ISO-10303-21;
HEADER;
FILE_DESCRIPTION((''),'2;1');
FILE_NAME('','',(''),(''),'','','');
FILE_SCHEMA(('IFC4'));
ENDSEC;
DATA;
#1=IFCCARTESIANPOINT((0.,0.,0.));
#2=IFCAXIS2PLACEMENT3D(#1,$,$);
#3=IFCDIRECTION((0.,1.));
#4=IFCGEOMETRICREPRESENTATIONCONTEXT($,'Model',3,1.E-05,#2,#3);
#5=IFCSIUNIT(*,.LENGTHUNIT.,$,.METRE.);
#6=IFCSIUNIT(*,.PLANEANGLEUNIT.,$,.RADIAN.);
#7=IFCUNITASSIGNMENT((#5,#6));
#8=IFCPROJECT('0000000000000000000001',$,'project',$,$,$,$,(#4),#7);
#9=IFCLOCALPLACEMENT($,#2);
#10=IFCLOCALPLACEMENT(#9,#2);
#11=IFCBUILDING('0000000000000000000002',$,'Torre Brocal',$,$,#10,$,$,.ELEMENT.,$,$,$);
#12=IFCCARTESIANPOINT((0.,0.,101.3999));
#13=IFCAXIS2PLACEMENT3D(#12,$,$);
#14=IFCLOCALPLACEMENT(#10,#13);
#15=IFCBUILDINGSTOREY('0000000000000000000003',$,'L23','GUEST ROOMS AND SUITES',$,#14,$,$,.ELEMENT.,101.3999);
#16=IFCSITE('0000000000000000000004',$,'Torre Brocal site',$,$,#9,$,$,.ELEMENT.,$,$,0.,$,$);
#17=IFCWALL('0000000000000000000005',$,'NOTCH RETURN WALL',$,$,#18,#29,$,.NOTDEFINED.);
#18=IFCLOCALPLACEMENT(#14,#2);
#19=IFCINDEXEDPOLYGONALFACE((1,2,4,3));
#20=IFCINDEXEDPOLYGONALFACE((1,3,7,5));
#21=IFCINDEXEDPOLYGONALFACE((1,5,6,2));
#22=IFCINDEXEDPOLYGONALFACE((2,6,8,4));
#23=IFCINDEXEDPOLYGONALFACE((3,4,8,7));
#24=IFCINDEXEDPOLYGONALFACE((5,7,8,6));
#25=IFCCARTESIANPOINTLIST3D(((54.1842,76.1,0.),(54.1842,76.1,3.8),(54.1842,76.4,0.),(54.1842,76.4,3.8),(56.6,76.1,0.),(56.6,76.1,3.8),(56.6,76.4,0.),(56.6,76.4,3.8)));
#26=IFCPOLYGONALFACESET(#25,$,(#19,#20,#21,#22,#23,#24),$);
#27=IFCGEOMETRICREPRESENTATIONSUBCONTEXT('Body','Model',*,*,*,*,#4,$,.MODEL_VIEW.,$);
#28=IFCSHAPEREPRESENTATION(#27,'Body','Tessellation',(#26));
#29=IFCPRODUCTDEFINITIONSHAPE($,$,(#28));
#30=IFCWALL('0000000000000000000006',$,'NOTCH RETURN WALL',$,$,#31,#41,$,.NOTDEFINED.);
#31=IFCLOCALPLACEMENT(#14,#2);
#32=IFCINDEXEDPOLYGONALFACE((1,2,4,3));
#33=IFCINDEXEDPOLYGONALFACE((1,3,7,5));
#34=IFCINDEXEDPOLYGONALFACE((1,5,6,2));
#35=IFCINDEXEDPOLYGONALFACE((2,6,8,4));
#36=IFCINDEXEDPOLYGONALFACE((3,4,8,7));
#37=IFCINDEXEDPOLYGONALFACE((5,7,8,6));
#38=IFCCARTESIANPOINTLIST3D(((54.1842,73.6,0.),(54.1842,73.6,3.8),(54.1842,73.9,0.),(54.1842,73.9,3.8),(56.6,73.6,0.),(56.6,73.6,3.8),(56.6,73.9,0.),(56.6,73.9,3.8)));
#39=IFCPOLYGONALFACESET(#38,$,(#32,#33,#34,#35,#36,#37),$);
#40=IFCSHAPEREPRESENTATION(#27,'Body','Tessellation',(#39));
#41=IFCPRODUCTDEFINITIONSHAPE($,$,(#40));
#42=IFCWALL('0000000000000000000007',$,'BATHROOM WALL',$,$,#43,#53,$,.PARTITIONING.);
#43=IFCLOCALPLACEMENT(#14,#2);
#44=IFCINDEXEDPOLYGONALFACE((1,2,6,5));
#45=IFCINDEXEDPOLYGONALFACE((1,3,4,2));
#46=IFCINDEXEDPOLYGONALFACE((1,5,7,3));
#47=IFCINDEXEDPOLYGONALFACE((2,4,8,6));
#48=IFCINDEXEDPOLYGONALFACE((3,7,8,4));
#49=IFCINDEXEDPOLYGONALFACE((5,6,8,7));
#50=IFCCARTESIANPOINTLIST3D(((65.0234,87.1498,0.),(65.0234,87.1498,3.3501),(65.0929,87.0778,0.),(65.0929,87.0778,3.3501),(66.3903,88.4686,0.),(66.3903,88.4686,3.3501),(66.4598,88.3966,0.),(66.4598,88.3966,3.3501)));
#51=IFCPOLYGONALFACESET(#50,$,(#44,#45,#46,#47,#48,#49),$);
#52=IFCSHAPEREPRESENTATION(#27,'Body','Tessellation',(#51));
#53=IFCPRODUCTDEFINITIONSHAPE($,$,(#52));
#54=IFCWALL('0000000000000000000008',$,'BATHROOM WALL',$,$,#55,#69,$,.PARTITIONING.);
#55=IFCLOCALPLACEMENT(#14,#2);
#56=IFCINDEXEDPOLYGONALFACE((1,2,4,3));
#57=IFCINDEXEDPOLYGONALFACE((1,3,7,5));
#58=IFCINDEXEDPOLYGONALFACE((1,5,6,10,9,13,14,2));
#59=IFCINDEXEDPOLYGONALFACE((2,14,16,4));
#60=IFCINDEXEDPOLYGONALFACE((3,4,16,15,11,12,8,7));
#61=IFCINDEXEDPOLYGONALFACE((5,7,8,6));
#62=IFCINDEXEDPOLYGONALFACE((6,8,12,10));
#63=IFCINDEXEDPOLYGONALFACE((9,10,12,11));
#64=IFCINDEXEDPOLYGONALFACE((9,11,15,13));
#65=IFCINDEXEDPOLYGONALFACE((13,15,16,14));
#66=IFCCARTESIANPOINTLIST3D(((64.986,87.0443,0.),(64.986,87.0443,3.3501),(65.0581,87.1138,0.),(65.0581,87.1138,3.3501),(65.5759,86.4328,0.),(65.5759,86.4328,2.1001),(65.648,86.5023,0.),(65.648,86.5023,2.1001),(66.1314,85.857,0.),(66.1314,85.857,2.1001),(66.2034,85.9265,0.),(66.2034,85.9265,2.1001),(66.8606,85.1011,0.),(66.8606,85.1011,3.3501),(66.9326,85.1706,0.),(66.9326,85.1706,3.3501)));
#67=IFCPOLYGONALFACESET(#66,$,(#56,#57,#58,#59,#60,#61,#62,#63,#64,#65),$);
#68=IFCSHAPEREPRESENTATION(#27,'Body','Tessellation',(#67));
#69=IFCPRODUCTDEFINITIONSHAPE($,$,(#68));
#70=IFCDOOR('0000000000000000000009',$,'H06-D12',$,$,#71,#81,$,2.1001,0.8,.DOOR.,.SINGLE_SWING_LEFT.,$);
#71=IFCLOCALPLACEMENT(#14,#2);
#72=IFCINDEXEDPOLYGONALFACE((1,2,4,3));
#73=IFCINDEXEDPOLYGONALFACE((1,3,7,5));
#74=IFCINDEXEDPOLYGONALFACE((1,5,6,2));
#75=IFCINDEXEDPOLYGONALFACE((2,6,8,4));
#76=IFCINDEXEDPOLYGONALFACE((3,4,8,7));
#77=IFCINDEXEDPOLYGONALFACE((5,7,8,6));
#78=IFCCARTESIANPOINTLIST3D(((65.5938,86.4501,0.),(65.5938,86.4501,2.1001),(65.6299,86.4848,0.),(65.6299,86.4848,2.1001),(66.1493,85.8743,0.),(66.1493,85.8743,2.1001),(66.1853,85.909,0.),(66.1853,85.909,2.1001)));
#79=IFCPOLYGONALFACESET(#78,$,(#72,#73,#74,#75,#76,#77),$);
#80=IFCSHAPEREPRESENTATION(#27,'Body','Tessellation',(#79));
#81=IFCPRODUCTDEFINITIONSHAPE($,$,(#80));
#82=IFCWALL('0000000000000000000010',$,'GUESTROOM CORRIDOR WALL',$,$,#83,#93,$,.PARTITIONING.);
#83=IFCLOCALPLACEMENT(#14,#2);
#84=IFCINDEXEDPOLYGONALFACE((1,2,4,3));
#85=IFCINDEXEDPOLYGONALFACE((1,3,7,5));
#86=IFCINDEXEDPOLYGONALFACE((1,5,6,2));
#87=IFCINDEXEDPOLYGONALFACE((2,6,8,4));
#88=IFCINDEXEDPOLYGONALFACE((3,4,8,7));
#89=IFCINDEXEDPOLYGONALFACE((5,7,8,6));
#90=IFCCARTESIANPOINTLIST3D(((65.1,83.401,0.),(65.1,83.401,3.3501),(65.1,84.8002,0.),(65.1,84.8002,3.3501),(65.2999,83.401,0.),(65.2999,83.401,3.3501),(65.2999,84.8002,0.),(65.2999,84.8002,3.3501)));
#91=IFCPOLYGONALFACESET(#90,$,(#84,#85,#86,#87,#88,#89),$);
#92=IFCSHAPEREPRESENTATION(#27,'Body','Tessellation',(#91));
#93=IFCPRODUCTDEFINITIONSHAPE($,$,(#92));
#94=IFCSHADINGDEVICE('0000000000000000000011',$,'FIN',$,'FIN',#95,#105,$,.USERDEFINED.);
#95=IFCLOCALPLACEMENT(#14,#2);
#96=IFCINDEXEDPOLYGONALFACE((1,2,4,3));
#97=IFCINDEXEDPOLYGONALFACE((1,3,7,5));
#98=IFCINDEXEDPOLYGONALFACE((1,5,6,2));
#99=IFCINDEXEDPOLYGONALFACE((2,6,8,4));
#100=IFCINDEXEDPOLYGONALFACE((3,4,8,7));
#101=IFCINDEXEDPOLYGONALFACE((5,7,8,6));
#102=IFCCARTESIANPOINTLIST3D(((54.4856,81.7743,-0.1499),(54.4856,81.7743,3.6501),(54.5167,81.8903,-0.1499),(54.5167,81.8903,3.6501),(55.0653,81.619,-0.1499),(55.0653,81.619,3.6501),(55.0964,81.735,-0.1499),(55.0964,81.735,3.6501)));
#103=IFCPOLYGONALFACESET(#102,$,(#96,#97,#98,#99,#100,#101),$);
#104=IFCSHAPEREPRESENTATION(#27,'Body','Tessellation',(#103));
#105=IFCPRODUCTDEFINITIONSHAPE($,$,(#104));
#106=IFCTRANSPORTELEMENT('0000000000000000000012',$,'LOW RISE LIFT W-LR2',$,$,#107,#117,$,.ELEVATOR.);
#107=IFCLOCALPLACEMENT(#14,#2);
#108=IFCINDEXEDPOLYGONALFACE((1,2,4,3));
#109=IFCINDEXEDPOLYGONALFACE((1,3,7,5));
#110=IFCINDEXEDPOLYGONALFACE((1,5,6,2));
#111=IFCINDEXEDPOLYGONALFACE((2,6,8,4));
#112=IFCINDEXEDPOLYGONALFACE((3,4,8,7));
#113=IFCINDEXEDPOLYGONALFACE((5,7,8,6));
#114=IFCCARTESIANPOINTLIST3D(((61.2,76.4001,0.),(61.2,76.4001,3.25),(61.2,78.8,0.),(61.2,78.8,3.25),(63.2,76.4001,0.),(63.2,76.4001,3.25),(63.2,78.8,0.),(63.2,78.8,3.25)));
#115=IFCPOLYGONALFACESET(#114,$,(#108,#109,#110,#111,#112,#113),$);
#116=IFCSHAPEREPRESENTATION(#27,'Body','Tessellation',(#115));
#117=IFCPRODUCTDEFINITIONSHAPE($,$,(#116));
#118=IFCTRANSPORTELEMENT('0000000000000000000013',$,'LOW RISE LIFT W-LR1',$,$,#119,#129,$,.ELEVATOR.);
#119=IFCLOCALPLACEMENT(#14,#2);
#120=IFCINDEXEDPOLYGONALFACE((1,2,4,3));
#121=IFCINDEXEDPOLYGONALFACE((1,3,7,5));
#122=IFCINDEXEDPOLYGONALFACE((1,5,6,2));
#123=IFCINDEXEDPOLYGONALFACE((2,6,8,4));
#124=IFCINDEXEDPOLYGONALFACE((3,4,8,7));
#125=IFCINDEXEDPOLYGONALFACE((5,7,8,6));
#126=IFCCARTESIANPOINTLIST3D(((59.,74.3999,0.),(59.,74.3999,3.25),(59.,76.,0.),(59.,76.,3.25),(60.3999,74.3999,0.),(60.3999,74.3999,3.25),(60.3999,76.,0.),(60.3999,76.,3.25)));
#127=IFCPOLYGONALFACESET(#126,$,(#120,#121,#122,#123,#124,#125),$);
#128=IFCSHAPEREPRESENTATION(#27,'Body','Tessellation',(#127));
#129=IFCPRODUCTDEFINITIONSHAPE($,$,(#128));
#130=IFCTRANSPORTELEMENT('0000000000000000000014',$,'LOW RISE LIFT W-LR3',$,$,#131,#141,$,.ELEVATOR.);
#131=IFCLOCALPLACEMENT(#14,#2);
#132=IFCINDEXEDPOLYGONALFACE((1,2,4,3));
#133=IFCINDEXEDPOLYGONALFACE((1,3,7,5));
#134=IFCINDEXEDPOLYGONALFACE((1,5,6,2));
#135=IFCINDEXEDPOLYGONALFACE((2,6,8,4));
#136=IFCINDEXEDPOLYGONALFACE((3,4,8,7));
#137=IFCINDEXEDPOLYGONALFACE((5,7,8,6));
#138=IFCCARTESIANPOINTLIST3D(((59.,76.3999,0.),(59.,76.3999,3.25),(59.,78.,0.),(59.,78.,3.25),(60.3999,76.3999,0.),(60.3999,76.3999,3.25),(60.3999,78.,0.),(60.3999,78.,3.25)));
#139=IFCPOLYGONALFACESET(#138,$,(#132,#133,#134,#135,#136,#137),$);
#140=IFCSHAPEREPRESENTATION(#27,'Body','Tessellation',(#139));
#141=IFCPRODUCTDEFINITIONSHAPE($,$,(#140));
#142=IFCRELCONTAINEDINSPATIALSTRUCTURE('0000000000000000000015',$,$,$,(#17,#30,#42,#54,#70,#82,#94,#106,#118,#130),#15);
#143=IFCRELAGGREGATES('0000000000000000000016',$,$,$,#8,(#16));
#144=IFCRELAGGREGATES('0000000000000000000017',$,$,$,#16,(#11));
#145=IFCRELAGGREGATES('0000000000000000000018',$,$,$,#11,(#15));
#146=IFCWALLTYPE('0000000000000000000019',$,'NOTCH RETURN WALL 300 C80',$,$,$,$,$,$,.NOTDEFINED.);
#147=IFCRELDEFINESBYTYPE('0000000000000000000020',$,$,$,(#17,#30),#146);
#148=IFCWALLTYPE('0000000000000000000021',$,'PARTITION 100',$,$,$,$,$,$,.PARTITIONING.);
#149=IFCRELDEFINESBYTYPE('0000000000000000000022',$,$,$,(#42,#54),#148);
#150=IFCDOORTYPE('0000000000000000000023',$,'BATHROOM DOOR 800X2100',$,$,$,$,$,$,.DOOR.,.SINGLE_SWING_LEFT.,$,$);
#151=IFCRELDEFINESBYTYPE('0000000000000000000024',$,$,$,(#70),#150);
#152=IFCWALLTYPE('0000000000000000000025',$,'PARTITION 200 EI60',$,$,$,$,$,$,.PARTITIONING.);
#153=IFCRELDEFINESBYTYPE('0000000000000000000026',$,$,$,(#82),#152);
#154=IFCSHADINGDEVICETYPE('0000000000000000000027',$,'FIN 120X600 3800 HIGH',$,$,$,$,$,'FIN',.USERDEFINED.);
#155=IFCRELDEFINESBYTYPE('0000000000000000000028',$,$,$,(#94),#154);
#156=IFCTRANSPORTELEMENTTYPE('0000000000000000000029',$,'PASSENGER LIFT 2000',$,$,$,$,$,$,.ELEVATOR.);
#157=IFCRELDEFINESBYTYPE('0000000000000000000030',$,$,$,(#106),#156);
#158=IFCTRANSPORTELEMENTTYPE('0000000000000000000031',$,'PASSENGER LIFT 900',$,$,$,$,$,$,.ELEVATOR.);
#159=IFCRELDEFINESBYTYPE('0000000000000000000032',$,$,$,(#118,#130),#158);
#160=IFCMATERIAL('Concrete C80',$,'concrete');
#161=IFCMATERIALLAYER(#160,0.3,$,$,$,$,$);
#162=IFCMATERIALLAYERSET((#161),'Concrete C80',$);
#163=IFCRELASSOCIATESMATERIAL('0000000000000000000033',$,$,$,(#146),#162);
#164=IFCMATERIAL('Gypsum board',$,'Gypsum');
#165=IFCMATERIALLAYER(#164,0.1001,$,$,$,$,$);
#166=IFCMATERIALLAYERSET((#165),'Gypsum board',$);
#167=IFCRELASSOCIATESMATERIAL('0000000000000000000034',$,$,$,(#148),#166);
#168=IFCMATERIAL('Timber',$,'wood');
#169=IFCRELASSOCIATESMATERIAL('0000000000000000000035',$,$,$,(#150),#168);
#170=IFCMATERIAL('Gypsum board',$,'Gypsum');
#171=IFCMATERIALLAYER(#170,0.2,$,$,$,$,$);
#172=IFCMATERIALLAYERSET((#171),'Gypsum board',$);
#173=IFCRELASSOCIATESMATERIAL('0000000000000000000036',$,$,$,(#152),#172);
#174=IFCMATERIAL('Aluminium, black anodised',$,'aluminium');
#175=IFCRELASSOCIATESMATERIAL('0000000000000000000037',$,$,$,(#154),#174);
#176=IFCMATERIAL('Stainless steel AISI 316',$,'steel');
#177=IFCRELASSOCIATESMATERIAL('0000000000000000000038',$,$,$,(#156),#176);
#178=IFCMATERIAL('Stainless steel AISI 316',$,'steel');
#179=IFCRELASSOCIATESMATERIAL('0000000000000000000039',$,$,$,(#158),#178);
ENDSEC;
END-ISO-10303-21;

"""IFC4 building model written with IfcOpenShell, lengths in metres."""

from ifc_helpers import new_model, si_unit, direction, frame, frame_2d, origin, origin_2d, place, context, subcontext, project, spatial, rectangle, extrude, material, layer, layer_set, material_profile, profile_set, type_object, element, fill, save


model = new_model("IFC4")

# Units and contexts
model_context = context("Model", 3, precision=1e-05, world=origin(), true_north=direction((0.0, 1.0)))
body_context = subcontext(model_context, "Body", "Model", "MODEL_VIEW")
ifc_project = project(units=[si_unit("LENGTHUNIT", "METRE"), si_unit("PLANEANGLEUNIT", "RADIAN")], contexts=[model_context])

# Site, building, storey
site_placement = place(None, origin())
site = spatial("IfcSite", under=ifc_project, at=site_placement, Name="Torre Brocal site", CompositionType="ELEMENT", RefElevation=0.0)
building_placement = place(site_placement, origin())
building = spatial("IfcBuilding", under=site, at=building_placement, Name="Torre Brocal", CompositionType="ELEMENT")
storey_placement = place(building_placement, frame((0.0, 0.0, 101.3999)))
storey = spatial("IfcBuildingStorey", under=building, at=storey_placement, Name="L23", Description="GUEST ROOMS AND SUITES", CompositionType="ELEMENT", Elevation=101.3999)

# Walls
ifc_material_1 = material(Name="Concrete C80", Category="concrete")
ifc_layer_1 = layer(ifc_material_1, 0.3)
ifc_layer_set_1 = layer_set([ifc_layer_1], Name="Concrete C80")
wall_type_1 = type_object("IfcWallType", Name="NOTCH RETURN WALL 300 C80", PredefinedType="NOTDEFINED", material=ifc_layer_set_1)
for number, where, z_axis, x_axis, name in (
    (1, (56.6001, 76.25, 0.0), (0.0, 0.0, 1.0), (-1.0, 0.0, 0.0), "NOTCH RETURN WALL"),
    (2, (56.6001, 73.75, 0.0), (0.0, 0.0, 1.0), (-1.0, 0.0, 0.0), "NOTCH RETURN WALL"),
):
    element("IfcWall", number, at=place(storey_placement, frame(where, z_axis=z_axis, x_axis=x_axis)), inside=storey, type_object=wall_type_1, Name=name, PredefinedType="NOTDEFINED", context=body_context, shape_type="SweptSolid", body=[
        extrude(rectangle(XDim=2.4158, YDim=0.3, at=frame_2d((1.208, 0.0))), origin(), (0.0, 0.0, 1.0), 3.8),
    ])
ifc_material_2 = material(Name="Gypsum board", Category="Gypsum")
ifc_layer_2 = layer(ifc_material_2, 0.1001)
ifc_layer_set_2 = layer_set([ifc_layer_2], Name="Gypsum board")
wall_type_2 = type_object("IfcWallType", Name="PARTITION 100", PredefinedType="PARTITIONING", material=ifc_layer_set_2)
wall_1_placement = place(storey_placement, frame((65.0581, 87.1138, 0.0), z_axis=(0.0, 0.0, 1.0), x_axis=(0.719654, 0.694333, 0.0)))
element("IfcWall", 3, at=wall_1_placement, inside=storey, type_object=wall_type_2, Name="BATHROOM WALL", PredefinedType="PARTITIONING", context=body_context, shape_type="SweptSolid", body=[
    extrude(rectangle(XDim=1.8994, YDim=0.1001, at=frame_2d((0.9497, 0.0))), origin(), (0.0, 0.0, 1.0), 3.3501),
])

# Wall, opening, door
wall_2_placement = place(storey_placement, frame((65.022, 87.0791, 0.0), z_axis=(0.0, 0.0, 1.0), x_axis=(0.694288, -0.719697, 0.0)))
wall_2 = element("IfcWall", 4, at=wall_2_placement, inside=storey, type_object=wall_type_2, Name="BATHROOM WALL", PredefinedType="PARTITIONING", context=body_context, shape_type="SweptSolid", body=[
    extrude(rectangle(XDim=2.7, YDim=0.1001, at=frame_2d((1.3501, 0.0))), origin(), (0.0, 0.0, 1.0), 3.3501),
])
opening_placement = place(wall_2_placement, frame((0.8499, 0.0, 0.0)))
opening = element("IfcOpeningElement", 5, at=opening_placement, cuts=wall_2, PredefinedType="OPENING", context=body_context, shape_type="SweptSolid", body=[
    extrude(rectangle(XDim=0.8, YDim=2.1001, at=frame_2d((0.3999, 1.05))), frame((0.0, 0.0601, 0.0), z_axis=(0.0, -1.0, 0.0), x_axis=(1.0, 0.0, 0.0)), (0.0, 0.0, 1.0), 0.1201),
])
ifc_material_3 = material(Name="Timber", Category="wood")
door_type = type_object("IfcDoorType", Name="BATHROOM DOOR 800X2100", OperationType="SINGLE_SWING_LEFT", PredefinedType="DOOR", material=ifc_material_3)
door_placement = place(opening_placement, origin())
door = element("IfcDoor", 6, at=door_placement, inside=storey, type_object=door_type, Name="H06-D12", OperationType="SINGLE_SWING_LEFT", OverallHeight=2.1001, OverallWidth=0.8, PredefinedType="DOOR", context=body_context, shape_type="SweptSolid", body=[
    extrude(rectangle(XDim=0.8, YDim=2.1001, at=frame_2d((0.3999, 1.05))), frame((0.0, 0.0249, 0.0), z_axis=(0.0, -1.0, 0.0), x_axis=(1.0, 0.0, 0.0)), (0.0, 0.0, 1.0), 0.05),
])
fill(opening, door)

# Wall
ifc_material_4 = material(Name="Gypsum board", Category="Gypsum")
ifc_layer_3 = layer(ifc_material_4, 0.2)
ifc_layer_set_3 = layer_set([ifc_layer_3], Name="Gypsum board")
wall_type_3 = type_object("IfcWallType", Name="PARTITION 200 EI60", PredefinedType="PARTITIONING", material=ifc_layer_set_3)
wall_3_placement = place(storey_placement, frame((65.2, 83.4009, 0.0), z_axis=(0.0, 0.0, 1.0), x_axis=(0.0, 1.0, 0.0)))
element("IfcWall", 7, at=wall_3_placement, inside=storey, type_object=wall_type_3, Name="GUESTROOM CORRIDOR WALL", PredefinedType="PARTITIONING", context=body_context, shape_type="SweptSolid", body=[
    extrude(rectangle(XDim=1.3992, YDim=0.2, at=frame_2d((0.6997, 0.0))), origin(), (0.0, 0.0, 1.0), 3.3501),
])

# Shading device
ifc_material_5 = material(Name="Aluminium, black anodised", Category="aluminium")
ifc_material_profile_1 = material_profile(ifc_material_5, rectangle(XDim=0.1201, YDim=0.6001, at=origin_2d()), Name="FIN 120X600 3800 HIGH")
ifc_profile_set_1 = profile_set([ifc_material_profile_1], Name="Aluminium, black anodised")
shading_device_type = type_object("IfcShadingDeviceType", Name="FIN 120X600 3800 HIGH", ElementType="FIN", PredefinedType="USERDEFINED", material=ifc_profile_set_1)
shading_device_placement = place(storey_placement, frame((54.791, 81.7546, -0.1499), z_axis=(0.0, 0.0, 1.0), x_axis=(-0.258819, -0.965926, 0.0)))
element("IfcShadingDevice", 8, at=shading_device_placement, inside=storey, type_object=shading_device_type, Name="FIN", ObjectType="FIN", PredefinedType="USERDEFINED", context=body_context, shape_type="SweptSolid", body=[
    extrude(rectangle(XDim=0.1201, YDim=0.6001, at=origin_2d()), origin(), (0.0, 0.0, 1.0), 3.8),
])

# Transport elements
ifc_material_6 = material(Name="Stainless steel AISI 316", Category="steel")
transport_element_type_1 = type_object("IfcTransportElementType", Name="PASSENGER LIFT 2000", PredefinedType="ELEVATOR", material=ifc_material_6)
transport_element_placement = place(storey_placement, frame((62.2, 77.6001, 0.0), z_axis=(0.0, 0.0, 1.0), x_axis=(1.0, 0.0, 0.0)))
element("IfcTransportElement", 9, at=transport_element_placement, inside=storey, type_object=transport_element_type_1, Name="LOW RISE LIFT W-LR2", PredefinedType="ELEVATOR", context=body_context, shape_type="SweptSolid", body=[
    extrude(rectangle(XDim=2.0, YDim=2.3999, at=origin_2d()), origin(), (0.0, 0.0, 1.0), 3.25),
])
ifc_material_7 = material(Name="Stainless steel AISI 316", Category="steel")
transport_element_type_2 = type_object("IfcTransportElementType", Name="PASSENGER LIFT 900", PredefinedType="ELEVATOR", material=ifc_material_7)
for number, where, z_axis, x_axis, name in (
    (10, (59.7, 75.2, 0.0), (0.0, 0.0, 1.0), (1.0, 0.0, 0.0), "LOW RISE LIFT W-LR1"),
    (11, (59.7, 77.2, 0.0), (0.0, 0.0, 1.0), (1.0, 0.0, 0.0), "LOW RISE LIFT W-LR3"),
):
    element("IfcTransportElement", number, at=place(storey_placement, frame(where, z_axis=z_axis, x_axis=x_axis)), inside=storey, type_object=transport_element_type_2, Name=name, PredefinedType="ELEVATOR", context=body_context, shape_type="SweptSolid", body=[
        extrude(rectangle(XDim=1.3999, YDim=1.6001, at=origin_2d()), origin(), (0.0, 0.0, 1.0), 3.25),
    ])

save(model, "model.ifc")
